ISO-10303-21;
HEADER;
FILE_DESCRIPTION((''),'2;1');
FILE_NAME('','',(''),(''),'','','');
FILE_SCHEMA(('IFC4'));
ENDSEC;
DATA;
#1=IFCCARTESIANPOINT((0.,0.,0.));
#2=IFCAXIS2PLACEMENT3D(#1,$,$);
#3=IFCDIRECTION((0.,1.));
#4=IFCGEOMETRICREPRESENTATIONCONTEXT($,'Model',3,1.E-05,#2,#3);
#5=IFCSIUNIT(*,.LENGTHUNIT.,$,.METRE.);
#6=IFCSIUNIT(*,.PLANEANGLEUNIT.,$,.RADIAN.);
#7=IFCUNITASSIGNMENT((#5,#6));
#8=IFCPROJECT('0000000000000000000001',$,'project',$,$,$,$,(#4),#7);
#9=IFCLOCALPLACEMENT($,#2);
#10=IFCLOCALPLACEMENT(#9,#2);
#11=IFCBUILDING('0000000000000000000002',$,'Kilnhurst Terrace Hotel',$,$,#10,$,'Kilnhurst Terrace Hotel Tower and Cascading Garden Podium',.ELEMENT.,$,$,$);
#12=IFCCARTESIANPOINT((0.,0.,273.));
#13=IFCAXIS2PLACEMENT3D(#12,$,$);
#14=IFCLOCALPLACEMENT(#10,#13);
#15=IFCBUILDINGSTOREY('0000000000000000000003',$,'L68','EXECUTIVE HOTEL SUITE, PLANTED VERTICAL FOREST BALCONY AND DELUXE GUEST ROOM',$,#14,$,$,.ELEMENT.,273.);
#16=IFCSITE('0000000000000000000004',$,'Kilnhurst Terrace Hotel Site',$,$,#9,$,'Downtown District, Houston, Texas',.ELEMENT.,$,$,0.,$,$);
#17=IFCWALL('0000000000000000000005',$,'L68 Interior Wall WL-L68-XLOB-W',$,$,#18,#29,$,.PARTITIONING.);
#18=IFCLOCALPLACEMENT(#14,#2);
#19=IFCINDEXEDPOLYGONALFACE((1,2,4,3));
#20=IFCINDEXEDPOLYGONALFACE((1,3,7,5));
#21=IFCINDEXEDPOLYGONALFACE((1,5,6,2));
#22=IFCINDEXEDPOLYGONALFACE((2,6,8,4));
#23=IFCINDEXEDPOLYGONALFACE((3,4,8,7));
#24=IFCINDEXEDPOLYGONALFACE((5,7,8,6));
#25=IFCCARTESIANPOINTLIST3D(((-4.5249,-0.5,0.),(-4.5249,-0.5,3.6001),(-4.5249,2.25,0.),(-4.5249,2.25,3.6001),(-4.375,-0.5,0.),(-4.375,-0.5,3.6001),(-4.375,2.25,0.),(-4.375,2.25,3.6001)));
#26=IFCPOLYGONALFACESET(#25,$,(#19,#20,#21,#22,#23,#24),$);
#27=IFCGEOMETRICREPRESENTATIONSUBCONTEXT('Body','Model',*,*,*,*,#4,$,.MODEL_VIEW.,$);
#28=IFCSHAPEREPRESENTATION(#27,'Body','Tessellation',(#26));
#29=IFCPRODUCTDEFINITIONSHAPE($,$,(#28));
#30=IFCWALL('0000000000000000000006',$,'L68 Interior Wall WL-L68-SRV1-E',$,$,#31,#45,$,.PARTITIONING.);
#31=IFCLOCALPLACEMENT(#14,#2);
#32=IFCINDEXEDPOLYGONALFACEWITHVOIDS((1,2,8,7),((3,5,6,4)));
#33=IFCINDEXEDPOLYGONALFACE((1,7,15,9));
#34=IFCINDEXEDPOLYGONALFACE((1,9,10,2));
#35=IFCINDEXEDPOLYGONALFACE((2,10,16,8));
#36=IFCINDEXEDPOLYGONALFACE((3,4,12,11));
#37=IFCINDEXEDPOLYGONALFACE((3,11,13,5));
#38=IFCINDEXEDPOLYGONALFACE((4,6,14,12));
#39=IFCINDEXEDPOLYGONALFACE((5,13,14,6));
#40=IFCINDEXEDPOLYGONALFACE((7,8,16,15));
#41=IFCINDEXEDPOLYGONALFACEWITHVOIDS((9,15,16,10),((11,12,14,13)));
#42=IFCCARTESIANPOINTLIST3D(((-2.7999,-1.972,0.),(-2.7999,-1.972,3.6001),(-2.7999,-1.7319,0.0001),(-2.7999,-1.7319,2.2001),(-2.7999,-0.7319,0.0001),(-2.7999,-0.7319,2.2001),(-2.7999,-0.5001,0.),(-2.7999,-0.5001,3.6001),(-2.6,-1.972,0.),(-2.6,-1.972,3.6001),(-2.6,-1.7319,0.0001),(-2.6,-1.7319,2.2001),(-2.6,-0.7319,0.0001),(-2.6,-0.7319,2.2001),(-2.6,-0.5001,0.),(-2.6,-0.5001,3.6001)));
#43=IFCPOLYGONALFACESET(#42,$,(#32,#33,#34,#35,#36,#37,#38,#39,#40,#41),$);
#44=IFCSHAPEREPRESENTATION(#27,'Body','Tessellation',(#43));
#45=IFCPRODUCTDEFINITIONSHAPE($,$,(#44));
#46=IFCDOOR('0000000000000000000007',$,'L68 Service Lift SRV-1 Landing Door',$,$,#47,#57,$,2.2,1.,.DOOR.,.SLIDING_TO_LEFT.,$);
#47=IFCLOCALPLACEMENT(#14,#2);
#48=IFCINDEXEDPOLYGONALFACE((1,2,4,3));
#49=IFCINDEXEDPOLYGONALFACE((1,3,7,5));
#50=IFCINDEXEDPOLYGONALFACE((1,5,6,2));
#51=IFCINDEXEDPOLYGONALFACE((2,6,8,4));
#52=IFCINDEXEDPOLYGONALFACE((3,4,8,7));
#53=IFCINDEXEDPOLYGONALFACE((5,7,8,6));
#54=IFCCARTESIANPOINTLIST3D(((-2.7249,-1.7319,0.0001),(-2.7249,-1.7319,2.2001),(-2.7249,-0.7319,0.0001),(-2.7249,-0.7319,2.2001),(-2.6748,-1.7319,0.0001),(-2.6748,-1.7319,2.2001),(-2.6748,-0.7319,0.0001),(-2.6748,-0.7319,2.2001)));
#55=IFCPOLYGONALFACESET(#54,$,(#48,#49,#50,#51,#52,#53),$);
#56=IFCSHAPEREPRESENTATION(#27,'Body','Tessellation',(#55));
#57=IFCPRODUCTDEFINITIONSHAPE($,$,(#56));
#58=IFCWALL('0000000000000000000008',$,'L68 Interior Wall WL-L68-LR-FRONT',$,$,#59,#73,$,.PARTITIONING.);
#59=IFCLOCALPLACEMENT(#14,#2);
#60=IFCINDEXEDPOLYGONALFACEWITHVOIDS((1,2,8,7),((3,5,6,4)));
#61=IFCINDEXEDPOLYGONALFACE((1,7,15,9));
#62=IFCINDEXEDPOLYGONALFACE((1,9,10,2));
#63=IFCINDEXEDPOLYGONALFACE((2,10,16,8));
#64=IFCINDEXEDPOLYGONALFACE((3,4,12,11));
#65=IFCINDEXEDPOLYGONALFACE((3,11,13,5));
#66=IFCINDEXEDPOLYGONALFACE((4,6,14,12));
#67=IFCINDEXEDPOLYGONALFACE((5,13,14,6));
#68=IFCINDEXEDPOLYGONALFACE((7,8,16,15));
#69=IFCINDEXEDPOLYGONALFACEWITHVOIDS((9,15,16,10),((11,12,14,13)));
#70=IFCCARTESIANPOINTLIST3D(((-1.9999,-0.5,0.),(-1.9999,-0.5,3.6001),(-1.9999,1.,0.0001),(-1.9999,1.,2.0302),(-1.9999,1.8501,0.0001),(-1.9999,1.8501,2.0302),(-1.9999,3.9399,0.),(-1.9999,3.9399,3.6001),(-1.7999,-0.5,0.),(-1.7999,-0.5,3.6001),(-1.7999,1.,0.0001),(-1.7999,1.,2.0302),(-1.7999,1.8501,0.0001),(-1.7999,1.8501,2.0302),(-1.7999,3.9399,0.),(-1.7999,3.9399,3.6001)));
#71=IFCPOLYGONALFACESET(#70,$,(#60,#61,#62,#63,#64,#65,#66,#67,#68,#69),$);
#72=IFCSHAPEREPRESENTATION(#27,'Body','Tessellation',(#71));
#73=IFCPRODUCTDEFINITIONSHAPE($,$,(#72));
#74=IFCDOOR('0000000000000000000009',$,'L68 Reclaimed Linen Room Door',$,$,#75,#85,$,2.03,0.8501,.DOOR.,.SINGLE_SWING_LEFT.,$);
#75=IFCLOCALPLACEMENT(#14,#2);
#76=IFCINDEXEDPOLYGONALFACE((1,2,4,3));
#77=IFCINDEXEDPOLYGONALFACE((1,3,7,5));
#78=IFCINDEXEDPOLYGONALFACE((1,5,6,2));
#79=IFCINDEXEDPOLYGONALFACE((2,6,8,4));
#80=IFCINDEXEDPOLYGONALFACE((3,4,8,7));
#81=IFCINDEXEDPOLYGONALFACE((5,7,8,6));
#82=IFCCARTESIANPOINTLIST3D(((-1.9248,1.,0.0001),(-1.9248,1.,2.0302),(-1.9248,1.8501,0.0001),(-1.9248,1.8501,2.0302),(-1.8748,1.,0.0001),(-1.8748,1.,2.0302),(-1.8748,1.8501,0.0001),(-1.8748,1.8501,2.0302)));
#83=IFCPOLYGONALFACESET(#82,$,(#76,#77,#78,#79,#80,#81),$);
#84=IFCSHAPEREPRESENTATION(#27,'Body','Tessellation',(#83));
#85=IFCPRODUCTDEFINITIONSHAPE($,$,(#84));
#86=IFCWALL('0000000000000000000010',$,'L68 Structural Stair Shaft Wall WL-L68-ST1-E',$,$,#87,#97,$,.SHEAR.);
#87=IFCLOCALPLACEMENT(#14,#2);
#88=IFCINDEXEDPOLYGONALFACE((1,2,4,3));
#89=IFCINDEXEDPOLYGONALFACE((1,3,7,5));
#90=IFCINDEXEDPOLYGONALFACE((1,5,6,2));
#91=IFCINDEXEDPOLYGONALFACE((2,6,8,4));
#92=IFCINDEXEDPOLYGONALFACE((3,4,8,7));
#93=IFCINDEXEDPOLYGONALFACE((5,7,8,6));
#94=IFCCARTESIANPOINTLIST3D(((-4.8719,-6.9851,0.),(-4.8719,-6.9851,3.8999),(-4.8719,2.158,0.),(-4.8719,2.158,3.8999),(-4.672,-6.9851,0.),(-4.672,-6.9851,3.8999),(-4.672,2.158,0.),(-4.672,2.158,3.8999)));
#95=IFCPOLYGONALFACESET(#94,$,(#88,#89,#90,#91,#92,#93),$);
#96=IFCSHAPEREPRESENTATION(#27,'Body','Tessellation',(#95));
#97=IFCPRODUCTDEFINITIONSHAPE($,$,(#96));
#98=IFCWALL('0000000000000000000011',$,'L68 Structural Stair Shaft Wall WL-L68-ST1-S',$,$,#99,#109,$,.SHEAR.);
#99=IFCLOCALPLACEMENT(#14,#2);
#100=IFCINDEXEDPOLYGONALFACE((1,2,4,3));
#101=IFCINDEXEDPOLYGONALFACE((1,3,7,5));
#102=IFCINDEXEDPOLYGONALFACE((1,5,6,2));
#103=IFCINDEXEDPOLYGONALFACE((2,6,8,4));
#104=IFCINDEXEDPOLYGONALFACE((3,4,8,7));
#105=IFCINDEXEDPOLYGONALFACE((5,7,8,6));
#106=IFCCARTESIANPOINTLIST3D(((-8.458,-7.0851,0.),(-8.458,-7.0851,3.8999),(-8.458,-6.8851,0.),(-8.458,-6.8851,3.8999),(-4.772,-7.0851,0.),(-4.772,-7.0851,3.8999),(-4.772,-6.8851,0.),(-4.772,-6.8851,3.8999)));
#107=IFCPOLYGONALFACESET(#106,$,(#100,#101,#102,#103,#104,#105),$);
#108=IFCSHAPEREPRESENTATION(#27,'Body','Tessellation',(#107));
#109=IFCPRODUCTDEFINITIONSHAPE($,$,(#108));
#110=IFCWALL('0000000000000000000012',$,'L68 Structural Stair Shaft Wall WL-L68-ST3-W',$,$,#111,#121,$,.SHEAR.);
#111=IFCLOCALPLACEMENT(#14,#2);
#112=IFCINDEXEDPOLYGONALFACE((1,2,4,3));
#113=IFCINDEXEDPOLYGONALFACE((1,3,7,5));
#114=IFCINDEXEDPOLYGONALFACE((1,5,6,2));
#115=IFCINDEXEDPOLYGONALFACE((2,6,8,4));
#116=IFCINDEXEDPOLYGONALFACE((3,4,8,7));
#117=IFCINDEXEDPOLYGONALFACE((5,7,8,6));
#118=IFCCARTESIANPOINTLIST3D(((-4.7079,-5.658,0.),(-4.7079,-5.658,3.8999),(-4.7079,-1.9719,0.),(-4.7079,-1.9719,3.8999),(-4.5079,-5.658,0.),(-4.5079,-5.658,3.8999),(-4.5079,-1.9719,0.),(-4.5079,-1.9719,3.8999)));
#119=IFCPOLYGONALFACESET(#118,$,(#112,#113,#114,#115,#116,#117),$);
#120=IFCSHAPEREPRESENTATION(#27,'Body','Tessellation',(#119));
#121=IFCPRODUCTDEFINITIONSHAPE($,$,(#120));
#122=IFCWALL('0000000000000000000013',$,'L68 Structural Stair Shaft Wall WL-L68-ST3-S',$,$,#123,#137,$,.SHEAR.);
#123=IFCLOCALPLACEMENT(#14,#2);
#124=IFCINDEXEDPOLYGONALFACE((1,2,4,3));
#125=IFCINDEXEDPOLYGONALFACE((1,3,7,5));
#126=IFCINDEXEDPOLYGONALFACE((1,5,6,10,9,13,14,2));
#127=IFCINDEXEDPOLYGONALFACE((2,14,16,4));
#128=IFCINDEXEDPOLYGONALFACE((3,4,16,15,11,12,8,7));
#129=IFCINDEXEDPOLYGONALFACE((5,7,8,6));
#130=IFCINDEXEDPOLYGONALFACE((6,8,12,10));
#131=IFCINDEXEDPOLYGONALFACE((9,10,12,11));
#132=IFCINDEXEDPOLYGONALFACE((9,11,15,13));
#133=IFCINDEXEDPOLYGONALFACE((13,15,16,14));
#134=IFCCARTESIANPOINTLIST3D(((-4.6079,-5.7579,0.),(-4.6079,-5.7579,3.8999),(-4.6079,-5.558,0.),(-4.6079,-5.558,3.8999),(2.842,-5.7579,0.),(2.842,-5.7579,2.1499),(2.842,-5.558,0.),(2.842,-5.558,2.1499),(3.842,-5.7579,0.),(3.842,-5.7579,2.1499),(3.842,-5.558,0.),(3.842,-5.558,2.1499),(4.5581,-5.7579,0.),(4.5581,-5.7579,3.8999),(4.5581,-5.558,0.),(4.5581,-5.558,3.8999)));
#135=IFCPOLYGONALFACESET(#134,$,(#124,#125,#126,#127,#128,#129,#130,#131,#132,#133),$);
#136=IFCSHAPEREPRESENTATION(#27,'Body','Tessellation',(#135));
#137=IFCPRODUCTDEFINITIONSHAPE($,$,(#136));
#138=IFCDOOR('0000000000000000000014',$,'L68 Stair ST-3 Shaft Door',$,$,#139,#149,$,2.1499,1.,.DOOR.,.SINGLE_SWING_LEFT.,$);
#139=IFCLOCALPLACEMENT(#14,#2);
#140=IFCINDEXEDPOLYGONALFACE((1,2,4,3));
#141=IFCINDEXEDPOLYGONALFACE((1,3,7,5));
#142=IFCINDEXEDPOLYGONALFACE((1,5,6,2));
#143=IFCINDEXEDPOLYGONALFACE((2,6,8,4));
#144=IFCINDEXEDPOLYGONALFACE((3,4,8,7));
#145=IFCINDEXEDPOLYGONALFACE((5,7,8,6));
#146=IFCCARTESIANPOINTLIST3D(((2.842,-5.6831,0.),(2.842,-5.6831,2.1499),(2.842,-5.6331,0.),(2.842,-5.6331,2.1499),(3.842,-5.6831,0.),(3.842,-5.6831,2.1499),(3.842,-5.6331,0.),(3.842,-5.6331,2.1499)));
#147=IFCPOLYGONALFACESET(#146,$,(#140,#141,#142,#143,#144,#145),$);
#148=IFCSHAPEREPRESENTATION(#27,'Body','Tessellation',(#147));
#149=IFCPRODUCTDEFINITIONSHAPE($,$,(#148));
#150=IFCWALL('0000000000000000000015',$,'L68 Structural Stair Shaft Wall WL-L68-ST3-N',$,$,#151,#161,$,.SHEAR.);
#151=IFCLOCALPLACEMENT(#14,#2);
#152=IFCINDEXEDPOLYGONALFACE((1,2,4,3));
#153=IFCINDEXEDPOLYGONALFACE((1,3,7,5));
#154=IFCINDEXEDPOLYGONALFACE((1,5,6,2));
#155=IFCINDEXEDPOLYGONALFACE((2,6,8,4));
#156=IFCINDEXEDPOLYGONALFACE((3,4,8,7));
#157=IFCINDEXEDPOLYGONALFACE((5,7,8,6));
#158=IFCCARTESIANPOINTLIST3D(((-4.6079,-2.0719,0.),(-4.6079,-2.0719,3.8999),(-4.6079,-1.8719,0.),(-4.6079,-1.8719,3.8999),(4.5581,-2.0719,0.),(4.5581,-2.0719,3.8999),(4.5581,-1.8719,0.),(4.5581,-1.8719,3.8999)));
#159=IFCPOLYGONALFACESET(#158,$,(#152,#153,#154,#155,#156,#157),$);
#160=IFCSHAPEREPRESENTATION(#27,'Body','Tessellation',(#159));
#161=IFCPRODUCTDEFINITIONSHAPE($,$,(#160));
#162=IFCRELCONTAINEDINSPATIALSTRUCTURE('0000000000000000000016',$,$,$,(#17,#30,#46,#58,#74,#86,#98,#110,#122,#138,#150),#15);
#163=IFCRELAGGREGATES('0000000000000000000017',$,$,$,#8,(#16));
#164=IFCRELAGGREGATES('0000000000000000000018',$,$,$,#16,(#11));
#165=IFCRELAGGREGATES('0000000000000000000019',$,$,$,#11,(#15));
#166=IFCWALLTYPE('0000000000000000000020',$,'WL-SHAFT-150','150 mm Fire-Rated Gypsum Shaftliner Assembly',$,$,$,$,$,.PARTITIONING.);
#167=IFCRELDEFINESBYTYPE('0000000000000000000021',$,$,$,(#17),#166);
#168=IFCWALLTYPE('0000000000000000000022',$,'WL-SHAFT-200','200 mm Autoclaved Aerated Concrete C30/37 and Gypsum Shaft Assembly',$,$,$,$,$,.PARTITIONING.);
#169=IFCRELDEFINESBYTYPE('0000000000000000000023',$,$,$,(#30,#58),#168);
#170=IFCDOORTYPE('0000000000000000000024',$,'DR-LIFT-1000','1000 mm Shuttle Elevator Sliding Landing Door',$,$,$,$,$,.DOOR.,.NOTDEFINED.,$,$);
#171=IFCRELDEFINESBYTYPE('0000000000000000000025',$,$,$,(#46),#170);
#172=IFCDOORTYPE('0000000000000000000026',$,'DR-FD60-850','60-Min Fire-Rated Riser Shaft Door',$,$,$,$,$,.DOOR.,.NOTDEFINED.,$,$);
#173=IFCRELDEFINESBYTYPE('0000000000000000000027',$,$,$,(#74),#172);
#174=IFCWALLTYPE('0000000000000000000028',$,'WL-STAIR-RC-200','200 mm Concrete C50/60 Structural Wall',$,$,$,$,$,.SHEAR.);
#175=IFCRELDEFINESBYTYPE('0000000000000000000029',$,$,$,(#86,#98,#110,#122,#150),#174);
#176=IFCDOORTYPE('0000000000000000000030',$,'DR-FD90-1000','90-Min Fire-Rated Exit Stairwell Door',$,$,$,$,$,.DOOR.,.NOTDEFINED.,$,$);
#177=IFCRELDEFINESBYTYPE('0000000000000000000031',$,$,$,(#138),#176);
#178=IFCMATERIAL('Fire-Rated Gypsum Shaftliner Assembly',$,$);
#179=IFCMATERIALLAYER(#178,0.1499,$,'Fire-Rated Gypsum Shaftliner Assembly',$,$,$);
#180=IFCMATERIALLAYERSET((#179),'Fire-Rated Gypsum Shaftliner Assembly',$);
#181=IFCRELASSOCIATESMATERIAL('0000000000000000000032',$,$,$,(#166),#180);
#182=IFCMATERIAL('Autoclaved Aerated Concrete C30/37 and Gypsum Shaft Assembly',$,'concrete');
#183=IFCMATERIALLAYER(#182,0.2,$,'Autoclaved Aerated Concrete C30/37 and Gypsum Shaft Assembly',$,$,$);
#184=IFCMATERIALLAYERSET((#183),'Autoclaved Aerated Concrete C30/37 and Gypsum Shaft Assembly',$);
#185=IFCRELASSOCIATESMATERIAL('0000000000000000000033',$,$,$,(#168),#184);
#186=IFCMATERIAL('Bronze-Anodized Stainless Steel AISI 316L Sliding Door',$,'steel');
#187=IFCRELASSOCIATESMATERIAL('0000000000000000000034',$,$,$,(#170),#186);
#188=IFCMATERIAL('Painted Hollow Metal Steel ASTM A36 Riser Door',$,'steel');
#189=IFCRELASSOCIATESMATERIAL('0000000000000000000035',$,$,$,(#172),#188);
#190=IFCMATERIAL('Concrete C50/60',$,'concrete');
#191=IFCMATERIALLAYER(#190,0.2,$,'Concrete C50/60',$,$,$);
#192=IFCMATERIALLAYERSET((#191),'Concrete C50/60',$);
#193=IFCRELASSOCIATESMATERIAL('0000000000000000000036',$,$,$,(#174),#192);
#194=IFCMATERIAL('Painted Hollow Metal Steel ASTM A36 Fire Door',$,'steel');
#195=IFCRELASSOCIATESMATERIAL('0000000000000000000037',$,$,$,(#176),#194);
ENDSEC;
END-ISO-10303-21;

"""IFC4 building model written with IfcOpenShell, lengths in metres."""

from ifc_helpers import new_model, si_unit, direction, frame, frame_2d, origin, place, context, subcontext, project, spatial, rectangle, extrude, material, layer, layer_set, type_object, element, fill, save


model = new_model("IFC4")

# Units and contexts
model_context = context("Model", 3, precision=1e-05, world=origin(), true_north=direction((0.0, 1.0)))
body_context = subcontext(model_context, "Body", "Model", "MODEL_VIEW")
ifc_project = project(units=[si_unit("LENGTHUNIT", "METRE"), si_unit("PLANEANGLEUNIT", "RADIAN")], contexts=[model_context])

# Site, building, storey
site_placement = place(None, origin())
site = spatial("IfcSite", under=ifc_project, at=site_placement, Name="Kilnhurst Terrace Hotel Site", LongName="Downtown District, Houston, Texas", CompositionType="ELEMENT", RefElevation=0.0)
building_placement = place(site_placement, origin())
building = spatial("IfcBuilding", under=site, at=building_placement, Name="Kilnhurst Terrace Hotel", LongName="Kilnhurst Terrace Hotel Tower and Cascading Garden Podium", CompositionType="ELEMENT")
storey_placement = place(building_placement, frame((0.0, 0.0, 273.0)))
storey = spatial("IfcBuildingStorey", under=building, at=storey_placement, Name="L68", Description="EXECUTIVE HOTEL SUITE, PLANTED VERTICAL FOREST BALCONY AND DELUXE GUEST ROOM", CompositionType="ELEMENT", Elevation=273.0)

# Wall
ifc_material_1 = material(Name="Fire-Rated Gypsum Shaftliner Assembly")
ifc_layer_1 = layer(ifc_material_1, 0.1499, Name="Fire-Rated Gypsum Shaftliner Assembly")
ifc_layer_set_1 = layer_set([ifc_layer_1], Name="Fire-Rated Gypsum Shaftliner Assembly")
wall_type_1 = type_object("IfcWallType", Name="WL-SHAFT-150", Description="150 mm Fire-Rated Gypsum Shaftliner Assembly", PredefinedType="PARTITIONING", material=ifc_layer_set_1)
wall_1_placement = place(storey_placement, frame((-4.45, -0.5, 0.0), z_axis=(0.0, 0.0, 1.0), x_axis=(0.0, 1.0, 0.0)))
element("IfcWall", 1, at=wall_1_placement, inside=storey, type_object=wall_type_1, Name="L68 Interior Wall WL-L68-XLOB-W", PredefinedType="PARTITIONING", context=body_context, shape_type="SweptSolid", body=[
    extrude(rectangle(XDim=2.75, YDim=0.1499, at=frame_2d((1.375, 0.0))), origin(), (0.0, 0.0, 1.0), 3.6001),
])

# Walls, openings, doors
ifc_material_2 = material(Name="Autoclaved Aerated Concrete C30/37 and Gypsum Shaft Assembly", Category="concrete")
ifc_layer_2 = layer(ifc_material_2, 0.2, Name="Autoclaved Aerated Concrete C30/37 and Gypsum Shaft Assembly")
ifc_layer_set_2 = layer_set([ifc_layer_2], Name="Autoclaved Aerated Concrete C30/37 and Gypsum Shaft Assembly")
wall_type_2 = type_object("IfcWallType", Name="WL-SHAFT-200", Description="200 mm Autoclaved Aerated Concrete C30/37 and Gypsum Shaft Assembly", PredefinedType="PARTITIONING", material=ifc_layer_set_2)
wall_2_placement = place(storey_placement, frame((-2.7, -1.9719, 0.0), z_axis=(0.0, 0.0, 1.0), x_axis=(0.0, 1.0, 0.0)))
wall_2 = element("IfcWall", 2, at=wall_2_placement, inside=storey, type_object=wall_type_2, Name="L68 Interior Wall WL-L68-SRV1-E", PredefinedType="PARTITIONING", context=body_context, shape_type="SweptSolid", body=[
    extrude(rectangle(XDim=1.4719, YDim=0.2, at=frame_2d((0.7358, 0.0))), origin(), (0.0, 0.0, 1.0), 3.6001),
])
opening_1_placement = place(wall_2_placement, frame((0.24, 0.0, 0.0)))
opening_1 = element("IfcOpeningElement", 3, at=opening_1_placement, cuts=wall_2, PredefinedType="OPENING", context=body_context, shape_type="SweptSolid", body=[
    extrude(rectangle(XDim=1.0, YDim=2.2, at=frame_2d((0.5, 1.1001))), frame((0.0, 0.1099, 0.0), z_axis=(0.0, -1.0, 0.0), x_axis=(1.0, 0.0, 0.0)), (0.0, 0.0, 1.0), 0.22),
])
ifc_material_3 = material(Name="Bronze-Anodized Stainless Steel AISI 316L Sliding Door", Category="steel")
door_type_1 = type_object("IfcDoorType", Name="DR-LIFT-1000", Description="1000 mm Shuttle Elevator Sliding Landing Door", OperationType="NOTDEFINED", PredefinedType="DOOR", material=ifc_material_3)
door_1_placement = place(opening_1_placement, origin())
door_1 = element("IfcDoor", 4, at=door_1_placement, inside=storey, type_object=door_type_1, Name="L68 Service Lift SRV-1 Landing Door", OperationType="SLIDING_TO_LEFT", OverallHeight=2.2, OverallWidth=1.0, PredefinedType="DOOR", context=body_context, shape_type="SweptSolid", body=[
    extrude(rectangle(XDim=1.0, YDim=2.2, at=frame_2d((0.5, 1.1001))), frame((0.0, 0.0249, 0.0), z_axis=(0.0, -1.0, 0.0), x_axis=(1.0, 0.0, 0.0)), (0.0, 0.0, 1.0), 0.05),
])
fill(opening_1, door_1)
wall_3_placement = place(storey_placement, frame((-1.8999, -0.5, 0.0), z_axis=(0.0, 0.0, 1.0), x_axis=(0.0, 1.0, 0.0)))
wall_3 = element("IfcWall", 5, at=wall_3_placement, inside=storey, type_object=wall_type_2, Name="L68 Interior Wall WL-L68-LR-FRONT", PredefinedType="PARTITIONING", context=body_context, shape_type="SweptSolid", body=[
    extrude(rectangle(XDim=4.4399, YDim=0.2, at=frame_2d((2.22, 0.0))), origin(), (0.0, 0.0, 1.0), 3.6001),
])
opening_2_placement = place(wall_3_placement, frame((1.5, 0.0, 0.0)))
opening_2 = element("IfcOpeningElement", 6, at=opening_2_placement, cuts=wall_3, PredefinedType="OPENING", context=body_context, shape_type="SweptSolid", body=[
    extrude(rectangle(XDim=0.8501, YDim=2.03, at=frame_2d((0.425, 1.0151))), frame((0.0, 0.1099, 0.0), z_axis=(0.0, -1.0, 0.0), x_axis=(1.0, 0.0, 0.0)), (0.0, 0.0, 1.0), 0.22),
])
ifc_material_4 = material(Name="Painted Hollow Metal Steel ASTM A36 Riser Door", Category="steel")
door_type_2 = type_object("IfcDoorType", Name="DR-FD60-850", Description="60-Min Fire-Rated Riser Shaft Door", OperationType="NOTDEFINED", PredefinedType="DOOR", material=ifc_material_4)
door_2_placement = place(opening_2_placement, origin())
door_2 = element("IfcDoor", 7, at=door_2_placement, inside=storey, type_object=door_type_2, Name="L68 Reclaimed Linen Room Door", OperationType="SINGLE_SWING_LEFT", OverallHeight=2.03, OverallWidth=0.8501, PredefinedType="DOOR", context=body_context, shape_type="SweptSolid", body=[
    extrude(rectangle(XDim=0.8501, YDim=2.03, at=frame_2d((0.425, 1.0151))), frame((0.0, 0.0249, 0.0), z_axis=(0.0, -1.0, 0.0), x_axis=(1.0, 0.0, 0.0)), (0.0, 0.0, 1.0), 0.05),
])
fill(opening_2, door_2)

# Walls
ifc_material_5 = material(Name="Concrete C50/60", Category="concrete")
ifc_layer_3 = layer(ifc_material_5, 0.2, Name="Concrete C50/60")
ifc_layer_set_3 = layer_set([ifc_layer_3], Name="Concrete C50/60")
wall_type_3 = type_object("IfcWallType", Name="WL-STAIR-RC-200", Description="200 mm Concrete C50/60 Structural Wall", PredefinedType="SHEAR", material=ifc_layer_set_3)
wall_4_placement = place(storey_placement, frame((-4.772, -6.9851, 0.0), z_axis=(0.0, 0.0, 1.0), x_axis=(0.0, 1.0, 0.0)))
element("IfcWall", 8, at=wall_4_placement, inside=storey, type_object=wall_type_3, Name="L68 Structural Stair Shaft Wall WL-L68-ST1-E", PredefinedType="SHEAR", context=body_context, shape_type="SweptSolid", body=[
    extrude(rectangle(XDim=9.1431, YDim=0.2, at=frame_2d((4.5715, 0.0))), origin(), (0.0, 0.0, 1.0), 3.8999),
])
for number, where, z_axis, x_axis, name in (
    (9, (-8.458, -6.9851, 0.0), (0.0, 0.0, 1.0), (1.0, 0.0, 0.0), "L68 Structural Stair Shaft Wall WL-L68-ST1-S"),
    (10, (-4.6079, -5.658, 0.0), (0.0, 0.0, 1.0), (0.0, 1.0, 0.0), "L68 Structural Stair Shaft Wall WL-L68-ST3-W"),
):
    element("IfcWall", number, at=place(storey_placement, frame(where, z_axis=z_axis, x_axis=x_axis)), inside=storey, type_object=wall_type_3, Name=name, PredefinedType="SHEAR", context=body_context, shape_type="SweptSolid", body=[
        extrude(rectangle(XDim=3.686, YDim=0.2, at=frame_2d((1.843, 0.0))), origin(), (0.0, 0.0, 1.0), 3.8999),
    ])

# Wall, opening, door
wall_5_placement = place(storey_placement, frame((-4.6079, -5.658, 0.0), z_axis=(0.0, 0.0, 1.0), x_axis=(1.0, 0.0, 0.0)))
wall_5 = element("IfcWall", 11, at=wall_5_placement, inside=storey, type_object=wall_type_3, Name="L68 Structural Stair Shaft Wall WL-L68-ST3-S", PredefinedType="SHEAR", context=body_context, shape_type="SweptSolid", body=[
    extrude(rectangle(XDim=9.166, YDim=0.2, at=frame_2d((4.583, 0.0))), origin(), (0.0, 0.0, 1.0), 3.8999),
])
opening_3_placement = place(wall_5_placement, frame((7.45, 0.0, 0.0)))
opening_3 = element("IfcOpeningElement", 12, at=opening_3_placement, cuts=wall_5, PredefinedType="OPENING", context=body_context, shape_type="SweptSolid", body=[
    extrude(rectangle(XDim=1.0, YDim=2.1499, at=frame_2d((0.5, 1.075))), frame((0.0, 0.1099, 0.0), z_axis=(0.0, -1.0, 0.0), x_axis=(1.0, 0.0, 0.0)), (0.0, 0.0, 1.0), 0.22),
])
ifc_material_6 = material(Name="Painted Hollow Metal Steel ASTM A36 Fire Door", Category="steel")
door_type_3 = type_object("IfcDoorType", Name="DR-FD90-1000", Description="90-Min Fire-Rated Exit Stairwell Door", OperationType="NOTDEFINED", PredefinedType="DOOR", material=ifc_material_6)
door_3_placement = place(opening_3_placement, origin())
door_3 = element("IfcDoor", 13, at=door_3_placement, inside=storey, type_object=door_type_3, Name="L68 Stair ST-3 Shaft Door", OperationType="SINGLE_SWING_LEFT", OverallHeight=2.1499, OverallWidth=1.0, PredefinedType="DOOR", context=body_context, shape_type="SweptSolid", body=[
    extrude(rectangle(XDim=1.0, YDim=2.1499, at=frame_2d((0.5, 1.075))), frame((0.0, 0.0249, 0.0), z_axis=(0.0, -1.0, 0.0), x_axis=(1.0, 0.0, 0.0)), (0.0, 0.0, 1.0), 0.05),
])
fill(opening_3, door_3)

# Wall
wall_6_placement = place(storey_placement, frame((-4.6079, -1.9719, 0.0), z_axis=(0.0, 0.0, 1.0), x_axis=(1.0, 0.0, 0.0)))
element("IfcWall", 14, at=wall_6_placement, inside=storey, type_object=wall_type_3, Name="L68 Structural Stair Shaft Wall WL-L68-ST3-N", PredefinedType="SHEAR", context=body_context, shape_type="SweptSolid", body=[
    extrude(rectangle(XDim=9.166, YDim=0.2, at=frame_2d((4.583, 0.0))), origin(), (0.0, 0.0, 1.0), 3.8999),
])

save(model, "model.ifc")
